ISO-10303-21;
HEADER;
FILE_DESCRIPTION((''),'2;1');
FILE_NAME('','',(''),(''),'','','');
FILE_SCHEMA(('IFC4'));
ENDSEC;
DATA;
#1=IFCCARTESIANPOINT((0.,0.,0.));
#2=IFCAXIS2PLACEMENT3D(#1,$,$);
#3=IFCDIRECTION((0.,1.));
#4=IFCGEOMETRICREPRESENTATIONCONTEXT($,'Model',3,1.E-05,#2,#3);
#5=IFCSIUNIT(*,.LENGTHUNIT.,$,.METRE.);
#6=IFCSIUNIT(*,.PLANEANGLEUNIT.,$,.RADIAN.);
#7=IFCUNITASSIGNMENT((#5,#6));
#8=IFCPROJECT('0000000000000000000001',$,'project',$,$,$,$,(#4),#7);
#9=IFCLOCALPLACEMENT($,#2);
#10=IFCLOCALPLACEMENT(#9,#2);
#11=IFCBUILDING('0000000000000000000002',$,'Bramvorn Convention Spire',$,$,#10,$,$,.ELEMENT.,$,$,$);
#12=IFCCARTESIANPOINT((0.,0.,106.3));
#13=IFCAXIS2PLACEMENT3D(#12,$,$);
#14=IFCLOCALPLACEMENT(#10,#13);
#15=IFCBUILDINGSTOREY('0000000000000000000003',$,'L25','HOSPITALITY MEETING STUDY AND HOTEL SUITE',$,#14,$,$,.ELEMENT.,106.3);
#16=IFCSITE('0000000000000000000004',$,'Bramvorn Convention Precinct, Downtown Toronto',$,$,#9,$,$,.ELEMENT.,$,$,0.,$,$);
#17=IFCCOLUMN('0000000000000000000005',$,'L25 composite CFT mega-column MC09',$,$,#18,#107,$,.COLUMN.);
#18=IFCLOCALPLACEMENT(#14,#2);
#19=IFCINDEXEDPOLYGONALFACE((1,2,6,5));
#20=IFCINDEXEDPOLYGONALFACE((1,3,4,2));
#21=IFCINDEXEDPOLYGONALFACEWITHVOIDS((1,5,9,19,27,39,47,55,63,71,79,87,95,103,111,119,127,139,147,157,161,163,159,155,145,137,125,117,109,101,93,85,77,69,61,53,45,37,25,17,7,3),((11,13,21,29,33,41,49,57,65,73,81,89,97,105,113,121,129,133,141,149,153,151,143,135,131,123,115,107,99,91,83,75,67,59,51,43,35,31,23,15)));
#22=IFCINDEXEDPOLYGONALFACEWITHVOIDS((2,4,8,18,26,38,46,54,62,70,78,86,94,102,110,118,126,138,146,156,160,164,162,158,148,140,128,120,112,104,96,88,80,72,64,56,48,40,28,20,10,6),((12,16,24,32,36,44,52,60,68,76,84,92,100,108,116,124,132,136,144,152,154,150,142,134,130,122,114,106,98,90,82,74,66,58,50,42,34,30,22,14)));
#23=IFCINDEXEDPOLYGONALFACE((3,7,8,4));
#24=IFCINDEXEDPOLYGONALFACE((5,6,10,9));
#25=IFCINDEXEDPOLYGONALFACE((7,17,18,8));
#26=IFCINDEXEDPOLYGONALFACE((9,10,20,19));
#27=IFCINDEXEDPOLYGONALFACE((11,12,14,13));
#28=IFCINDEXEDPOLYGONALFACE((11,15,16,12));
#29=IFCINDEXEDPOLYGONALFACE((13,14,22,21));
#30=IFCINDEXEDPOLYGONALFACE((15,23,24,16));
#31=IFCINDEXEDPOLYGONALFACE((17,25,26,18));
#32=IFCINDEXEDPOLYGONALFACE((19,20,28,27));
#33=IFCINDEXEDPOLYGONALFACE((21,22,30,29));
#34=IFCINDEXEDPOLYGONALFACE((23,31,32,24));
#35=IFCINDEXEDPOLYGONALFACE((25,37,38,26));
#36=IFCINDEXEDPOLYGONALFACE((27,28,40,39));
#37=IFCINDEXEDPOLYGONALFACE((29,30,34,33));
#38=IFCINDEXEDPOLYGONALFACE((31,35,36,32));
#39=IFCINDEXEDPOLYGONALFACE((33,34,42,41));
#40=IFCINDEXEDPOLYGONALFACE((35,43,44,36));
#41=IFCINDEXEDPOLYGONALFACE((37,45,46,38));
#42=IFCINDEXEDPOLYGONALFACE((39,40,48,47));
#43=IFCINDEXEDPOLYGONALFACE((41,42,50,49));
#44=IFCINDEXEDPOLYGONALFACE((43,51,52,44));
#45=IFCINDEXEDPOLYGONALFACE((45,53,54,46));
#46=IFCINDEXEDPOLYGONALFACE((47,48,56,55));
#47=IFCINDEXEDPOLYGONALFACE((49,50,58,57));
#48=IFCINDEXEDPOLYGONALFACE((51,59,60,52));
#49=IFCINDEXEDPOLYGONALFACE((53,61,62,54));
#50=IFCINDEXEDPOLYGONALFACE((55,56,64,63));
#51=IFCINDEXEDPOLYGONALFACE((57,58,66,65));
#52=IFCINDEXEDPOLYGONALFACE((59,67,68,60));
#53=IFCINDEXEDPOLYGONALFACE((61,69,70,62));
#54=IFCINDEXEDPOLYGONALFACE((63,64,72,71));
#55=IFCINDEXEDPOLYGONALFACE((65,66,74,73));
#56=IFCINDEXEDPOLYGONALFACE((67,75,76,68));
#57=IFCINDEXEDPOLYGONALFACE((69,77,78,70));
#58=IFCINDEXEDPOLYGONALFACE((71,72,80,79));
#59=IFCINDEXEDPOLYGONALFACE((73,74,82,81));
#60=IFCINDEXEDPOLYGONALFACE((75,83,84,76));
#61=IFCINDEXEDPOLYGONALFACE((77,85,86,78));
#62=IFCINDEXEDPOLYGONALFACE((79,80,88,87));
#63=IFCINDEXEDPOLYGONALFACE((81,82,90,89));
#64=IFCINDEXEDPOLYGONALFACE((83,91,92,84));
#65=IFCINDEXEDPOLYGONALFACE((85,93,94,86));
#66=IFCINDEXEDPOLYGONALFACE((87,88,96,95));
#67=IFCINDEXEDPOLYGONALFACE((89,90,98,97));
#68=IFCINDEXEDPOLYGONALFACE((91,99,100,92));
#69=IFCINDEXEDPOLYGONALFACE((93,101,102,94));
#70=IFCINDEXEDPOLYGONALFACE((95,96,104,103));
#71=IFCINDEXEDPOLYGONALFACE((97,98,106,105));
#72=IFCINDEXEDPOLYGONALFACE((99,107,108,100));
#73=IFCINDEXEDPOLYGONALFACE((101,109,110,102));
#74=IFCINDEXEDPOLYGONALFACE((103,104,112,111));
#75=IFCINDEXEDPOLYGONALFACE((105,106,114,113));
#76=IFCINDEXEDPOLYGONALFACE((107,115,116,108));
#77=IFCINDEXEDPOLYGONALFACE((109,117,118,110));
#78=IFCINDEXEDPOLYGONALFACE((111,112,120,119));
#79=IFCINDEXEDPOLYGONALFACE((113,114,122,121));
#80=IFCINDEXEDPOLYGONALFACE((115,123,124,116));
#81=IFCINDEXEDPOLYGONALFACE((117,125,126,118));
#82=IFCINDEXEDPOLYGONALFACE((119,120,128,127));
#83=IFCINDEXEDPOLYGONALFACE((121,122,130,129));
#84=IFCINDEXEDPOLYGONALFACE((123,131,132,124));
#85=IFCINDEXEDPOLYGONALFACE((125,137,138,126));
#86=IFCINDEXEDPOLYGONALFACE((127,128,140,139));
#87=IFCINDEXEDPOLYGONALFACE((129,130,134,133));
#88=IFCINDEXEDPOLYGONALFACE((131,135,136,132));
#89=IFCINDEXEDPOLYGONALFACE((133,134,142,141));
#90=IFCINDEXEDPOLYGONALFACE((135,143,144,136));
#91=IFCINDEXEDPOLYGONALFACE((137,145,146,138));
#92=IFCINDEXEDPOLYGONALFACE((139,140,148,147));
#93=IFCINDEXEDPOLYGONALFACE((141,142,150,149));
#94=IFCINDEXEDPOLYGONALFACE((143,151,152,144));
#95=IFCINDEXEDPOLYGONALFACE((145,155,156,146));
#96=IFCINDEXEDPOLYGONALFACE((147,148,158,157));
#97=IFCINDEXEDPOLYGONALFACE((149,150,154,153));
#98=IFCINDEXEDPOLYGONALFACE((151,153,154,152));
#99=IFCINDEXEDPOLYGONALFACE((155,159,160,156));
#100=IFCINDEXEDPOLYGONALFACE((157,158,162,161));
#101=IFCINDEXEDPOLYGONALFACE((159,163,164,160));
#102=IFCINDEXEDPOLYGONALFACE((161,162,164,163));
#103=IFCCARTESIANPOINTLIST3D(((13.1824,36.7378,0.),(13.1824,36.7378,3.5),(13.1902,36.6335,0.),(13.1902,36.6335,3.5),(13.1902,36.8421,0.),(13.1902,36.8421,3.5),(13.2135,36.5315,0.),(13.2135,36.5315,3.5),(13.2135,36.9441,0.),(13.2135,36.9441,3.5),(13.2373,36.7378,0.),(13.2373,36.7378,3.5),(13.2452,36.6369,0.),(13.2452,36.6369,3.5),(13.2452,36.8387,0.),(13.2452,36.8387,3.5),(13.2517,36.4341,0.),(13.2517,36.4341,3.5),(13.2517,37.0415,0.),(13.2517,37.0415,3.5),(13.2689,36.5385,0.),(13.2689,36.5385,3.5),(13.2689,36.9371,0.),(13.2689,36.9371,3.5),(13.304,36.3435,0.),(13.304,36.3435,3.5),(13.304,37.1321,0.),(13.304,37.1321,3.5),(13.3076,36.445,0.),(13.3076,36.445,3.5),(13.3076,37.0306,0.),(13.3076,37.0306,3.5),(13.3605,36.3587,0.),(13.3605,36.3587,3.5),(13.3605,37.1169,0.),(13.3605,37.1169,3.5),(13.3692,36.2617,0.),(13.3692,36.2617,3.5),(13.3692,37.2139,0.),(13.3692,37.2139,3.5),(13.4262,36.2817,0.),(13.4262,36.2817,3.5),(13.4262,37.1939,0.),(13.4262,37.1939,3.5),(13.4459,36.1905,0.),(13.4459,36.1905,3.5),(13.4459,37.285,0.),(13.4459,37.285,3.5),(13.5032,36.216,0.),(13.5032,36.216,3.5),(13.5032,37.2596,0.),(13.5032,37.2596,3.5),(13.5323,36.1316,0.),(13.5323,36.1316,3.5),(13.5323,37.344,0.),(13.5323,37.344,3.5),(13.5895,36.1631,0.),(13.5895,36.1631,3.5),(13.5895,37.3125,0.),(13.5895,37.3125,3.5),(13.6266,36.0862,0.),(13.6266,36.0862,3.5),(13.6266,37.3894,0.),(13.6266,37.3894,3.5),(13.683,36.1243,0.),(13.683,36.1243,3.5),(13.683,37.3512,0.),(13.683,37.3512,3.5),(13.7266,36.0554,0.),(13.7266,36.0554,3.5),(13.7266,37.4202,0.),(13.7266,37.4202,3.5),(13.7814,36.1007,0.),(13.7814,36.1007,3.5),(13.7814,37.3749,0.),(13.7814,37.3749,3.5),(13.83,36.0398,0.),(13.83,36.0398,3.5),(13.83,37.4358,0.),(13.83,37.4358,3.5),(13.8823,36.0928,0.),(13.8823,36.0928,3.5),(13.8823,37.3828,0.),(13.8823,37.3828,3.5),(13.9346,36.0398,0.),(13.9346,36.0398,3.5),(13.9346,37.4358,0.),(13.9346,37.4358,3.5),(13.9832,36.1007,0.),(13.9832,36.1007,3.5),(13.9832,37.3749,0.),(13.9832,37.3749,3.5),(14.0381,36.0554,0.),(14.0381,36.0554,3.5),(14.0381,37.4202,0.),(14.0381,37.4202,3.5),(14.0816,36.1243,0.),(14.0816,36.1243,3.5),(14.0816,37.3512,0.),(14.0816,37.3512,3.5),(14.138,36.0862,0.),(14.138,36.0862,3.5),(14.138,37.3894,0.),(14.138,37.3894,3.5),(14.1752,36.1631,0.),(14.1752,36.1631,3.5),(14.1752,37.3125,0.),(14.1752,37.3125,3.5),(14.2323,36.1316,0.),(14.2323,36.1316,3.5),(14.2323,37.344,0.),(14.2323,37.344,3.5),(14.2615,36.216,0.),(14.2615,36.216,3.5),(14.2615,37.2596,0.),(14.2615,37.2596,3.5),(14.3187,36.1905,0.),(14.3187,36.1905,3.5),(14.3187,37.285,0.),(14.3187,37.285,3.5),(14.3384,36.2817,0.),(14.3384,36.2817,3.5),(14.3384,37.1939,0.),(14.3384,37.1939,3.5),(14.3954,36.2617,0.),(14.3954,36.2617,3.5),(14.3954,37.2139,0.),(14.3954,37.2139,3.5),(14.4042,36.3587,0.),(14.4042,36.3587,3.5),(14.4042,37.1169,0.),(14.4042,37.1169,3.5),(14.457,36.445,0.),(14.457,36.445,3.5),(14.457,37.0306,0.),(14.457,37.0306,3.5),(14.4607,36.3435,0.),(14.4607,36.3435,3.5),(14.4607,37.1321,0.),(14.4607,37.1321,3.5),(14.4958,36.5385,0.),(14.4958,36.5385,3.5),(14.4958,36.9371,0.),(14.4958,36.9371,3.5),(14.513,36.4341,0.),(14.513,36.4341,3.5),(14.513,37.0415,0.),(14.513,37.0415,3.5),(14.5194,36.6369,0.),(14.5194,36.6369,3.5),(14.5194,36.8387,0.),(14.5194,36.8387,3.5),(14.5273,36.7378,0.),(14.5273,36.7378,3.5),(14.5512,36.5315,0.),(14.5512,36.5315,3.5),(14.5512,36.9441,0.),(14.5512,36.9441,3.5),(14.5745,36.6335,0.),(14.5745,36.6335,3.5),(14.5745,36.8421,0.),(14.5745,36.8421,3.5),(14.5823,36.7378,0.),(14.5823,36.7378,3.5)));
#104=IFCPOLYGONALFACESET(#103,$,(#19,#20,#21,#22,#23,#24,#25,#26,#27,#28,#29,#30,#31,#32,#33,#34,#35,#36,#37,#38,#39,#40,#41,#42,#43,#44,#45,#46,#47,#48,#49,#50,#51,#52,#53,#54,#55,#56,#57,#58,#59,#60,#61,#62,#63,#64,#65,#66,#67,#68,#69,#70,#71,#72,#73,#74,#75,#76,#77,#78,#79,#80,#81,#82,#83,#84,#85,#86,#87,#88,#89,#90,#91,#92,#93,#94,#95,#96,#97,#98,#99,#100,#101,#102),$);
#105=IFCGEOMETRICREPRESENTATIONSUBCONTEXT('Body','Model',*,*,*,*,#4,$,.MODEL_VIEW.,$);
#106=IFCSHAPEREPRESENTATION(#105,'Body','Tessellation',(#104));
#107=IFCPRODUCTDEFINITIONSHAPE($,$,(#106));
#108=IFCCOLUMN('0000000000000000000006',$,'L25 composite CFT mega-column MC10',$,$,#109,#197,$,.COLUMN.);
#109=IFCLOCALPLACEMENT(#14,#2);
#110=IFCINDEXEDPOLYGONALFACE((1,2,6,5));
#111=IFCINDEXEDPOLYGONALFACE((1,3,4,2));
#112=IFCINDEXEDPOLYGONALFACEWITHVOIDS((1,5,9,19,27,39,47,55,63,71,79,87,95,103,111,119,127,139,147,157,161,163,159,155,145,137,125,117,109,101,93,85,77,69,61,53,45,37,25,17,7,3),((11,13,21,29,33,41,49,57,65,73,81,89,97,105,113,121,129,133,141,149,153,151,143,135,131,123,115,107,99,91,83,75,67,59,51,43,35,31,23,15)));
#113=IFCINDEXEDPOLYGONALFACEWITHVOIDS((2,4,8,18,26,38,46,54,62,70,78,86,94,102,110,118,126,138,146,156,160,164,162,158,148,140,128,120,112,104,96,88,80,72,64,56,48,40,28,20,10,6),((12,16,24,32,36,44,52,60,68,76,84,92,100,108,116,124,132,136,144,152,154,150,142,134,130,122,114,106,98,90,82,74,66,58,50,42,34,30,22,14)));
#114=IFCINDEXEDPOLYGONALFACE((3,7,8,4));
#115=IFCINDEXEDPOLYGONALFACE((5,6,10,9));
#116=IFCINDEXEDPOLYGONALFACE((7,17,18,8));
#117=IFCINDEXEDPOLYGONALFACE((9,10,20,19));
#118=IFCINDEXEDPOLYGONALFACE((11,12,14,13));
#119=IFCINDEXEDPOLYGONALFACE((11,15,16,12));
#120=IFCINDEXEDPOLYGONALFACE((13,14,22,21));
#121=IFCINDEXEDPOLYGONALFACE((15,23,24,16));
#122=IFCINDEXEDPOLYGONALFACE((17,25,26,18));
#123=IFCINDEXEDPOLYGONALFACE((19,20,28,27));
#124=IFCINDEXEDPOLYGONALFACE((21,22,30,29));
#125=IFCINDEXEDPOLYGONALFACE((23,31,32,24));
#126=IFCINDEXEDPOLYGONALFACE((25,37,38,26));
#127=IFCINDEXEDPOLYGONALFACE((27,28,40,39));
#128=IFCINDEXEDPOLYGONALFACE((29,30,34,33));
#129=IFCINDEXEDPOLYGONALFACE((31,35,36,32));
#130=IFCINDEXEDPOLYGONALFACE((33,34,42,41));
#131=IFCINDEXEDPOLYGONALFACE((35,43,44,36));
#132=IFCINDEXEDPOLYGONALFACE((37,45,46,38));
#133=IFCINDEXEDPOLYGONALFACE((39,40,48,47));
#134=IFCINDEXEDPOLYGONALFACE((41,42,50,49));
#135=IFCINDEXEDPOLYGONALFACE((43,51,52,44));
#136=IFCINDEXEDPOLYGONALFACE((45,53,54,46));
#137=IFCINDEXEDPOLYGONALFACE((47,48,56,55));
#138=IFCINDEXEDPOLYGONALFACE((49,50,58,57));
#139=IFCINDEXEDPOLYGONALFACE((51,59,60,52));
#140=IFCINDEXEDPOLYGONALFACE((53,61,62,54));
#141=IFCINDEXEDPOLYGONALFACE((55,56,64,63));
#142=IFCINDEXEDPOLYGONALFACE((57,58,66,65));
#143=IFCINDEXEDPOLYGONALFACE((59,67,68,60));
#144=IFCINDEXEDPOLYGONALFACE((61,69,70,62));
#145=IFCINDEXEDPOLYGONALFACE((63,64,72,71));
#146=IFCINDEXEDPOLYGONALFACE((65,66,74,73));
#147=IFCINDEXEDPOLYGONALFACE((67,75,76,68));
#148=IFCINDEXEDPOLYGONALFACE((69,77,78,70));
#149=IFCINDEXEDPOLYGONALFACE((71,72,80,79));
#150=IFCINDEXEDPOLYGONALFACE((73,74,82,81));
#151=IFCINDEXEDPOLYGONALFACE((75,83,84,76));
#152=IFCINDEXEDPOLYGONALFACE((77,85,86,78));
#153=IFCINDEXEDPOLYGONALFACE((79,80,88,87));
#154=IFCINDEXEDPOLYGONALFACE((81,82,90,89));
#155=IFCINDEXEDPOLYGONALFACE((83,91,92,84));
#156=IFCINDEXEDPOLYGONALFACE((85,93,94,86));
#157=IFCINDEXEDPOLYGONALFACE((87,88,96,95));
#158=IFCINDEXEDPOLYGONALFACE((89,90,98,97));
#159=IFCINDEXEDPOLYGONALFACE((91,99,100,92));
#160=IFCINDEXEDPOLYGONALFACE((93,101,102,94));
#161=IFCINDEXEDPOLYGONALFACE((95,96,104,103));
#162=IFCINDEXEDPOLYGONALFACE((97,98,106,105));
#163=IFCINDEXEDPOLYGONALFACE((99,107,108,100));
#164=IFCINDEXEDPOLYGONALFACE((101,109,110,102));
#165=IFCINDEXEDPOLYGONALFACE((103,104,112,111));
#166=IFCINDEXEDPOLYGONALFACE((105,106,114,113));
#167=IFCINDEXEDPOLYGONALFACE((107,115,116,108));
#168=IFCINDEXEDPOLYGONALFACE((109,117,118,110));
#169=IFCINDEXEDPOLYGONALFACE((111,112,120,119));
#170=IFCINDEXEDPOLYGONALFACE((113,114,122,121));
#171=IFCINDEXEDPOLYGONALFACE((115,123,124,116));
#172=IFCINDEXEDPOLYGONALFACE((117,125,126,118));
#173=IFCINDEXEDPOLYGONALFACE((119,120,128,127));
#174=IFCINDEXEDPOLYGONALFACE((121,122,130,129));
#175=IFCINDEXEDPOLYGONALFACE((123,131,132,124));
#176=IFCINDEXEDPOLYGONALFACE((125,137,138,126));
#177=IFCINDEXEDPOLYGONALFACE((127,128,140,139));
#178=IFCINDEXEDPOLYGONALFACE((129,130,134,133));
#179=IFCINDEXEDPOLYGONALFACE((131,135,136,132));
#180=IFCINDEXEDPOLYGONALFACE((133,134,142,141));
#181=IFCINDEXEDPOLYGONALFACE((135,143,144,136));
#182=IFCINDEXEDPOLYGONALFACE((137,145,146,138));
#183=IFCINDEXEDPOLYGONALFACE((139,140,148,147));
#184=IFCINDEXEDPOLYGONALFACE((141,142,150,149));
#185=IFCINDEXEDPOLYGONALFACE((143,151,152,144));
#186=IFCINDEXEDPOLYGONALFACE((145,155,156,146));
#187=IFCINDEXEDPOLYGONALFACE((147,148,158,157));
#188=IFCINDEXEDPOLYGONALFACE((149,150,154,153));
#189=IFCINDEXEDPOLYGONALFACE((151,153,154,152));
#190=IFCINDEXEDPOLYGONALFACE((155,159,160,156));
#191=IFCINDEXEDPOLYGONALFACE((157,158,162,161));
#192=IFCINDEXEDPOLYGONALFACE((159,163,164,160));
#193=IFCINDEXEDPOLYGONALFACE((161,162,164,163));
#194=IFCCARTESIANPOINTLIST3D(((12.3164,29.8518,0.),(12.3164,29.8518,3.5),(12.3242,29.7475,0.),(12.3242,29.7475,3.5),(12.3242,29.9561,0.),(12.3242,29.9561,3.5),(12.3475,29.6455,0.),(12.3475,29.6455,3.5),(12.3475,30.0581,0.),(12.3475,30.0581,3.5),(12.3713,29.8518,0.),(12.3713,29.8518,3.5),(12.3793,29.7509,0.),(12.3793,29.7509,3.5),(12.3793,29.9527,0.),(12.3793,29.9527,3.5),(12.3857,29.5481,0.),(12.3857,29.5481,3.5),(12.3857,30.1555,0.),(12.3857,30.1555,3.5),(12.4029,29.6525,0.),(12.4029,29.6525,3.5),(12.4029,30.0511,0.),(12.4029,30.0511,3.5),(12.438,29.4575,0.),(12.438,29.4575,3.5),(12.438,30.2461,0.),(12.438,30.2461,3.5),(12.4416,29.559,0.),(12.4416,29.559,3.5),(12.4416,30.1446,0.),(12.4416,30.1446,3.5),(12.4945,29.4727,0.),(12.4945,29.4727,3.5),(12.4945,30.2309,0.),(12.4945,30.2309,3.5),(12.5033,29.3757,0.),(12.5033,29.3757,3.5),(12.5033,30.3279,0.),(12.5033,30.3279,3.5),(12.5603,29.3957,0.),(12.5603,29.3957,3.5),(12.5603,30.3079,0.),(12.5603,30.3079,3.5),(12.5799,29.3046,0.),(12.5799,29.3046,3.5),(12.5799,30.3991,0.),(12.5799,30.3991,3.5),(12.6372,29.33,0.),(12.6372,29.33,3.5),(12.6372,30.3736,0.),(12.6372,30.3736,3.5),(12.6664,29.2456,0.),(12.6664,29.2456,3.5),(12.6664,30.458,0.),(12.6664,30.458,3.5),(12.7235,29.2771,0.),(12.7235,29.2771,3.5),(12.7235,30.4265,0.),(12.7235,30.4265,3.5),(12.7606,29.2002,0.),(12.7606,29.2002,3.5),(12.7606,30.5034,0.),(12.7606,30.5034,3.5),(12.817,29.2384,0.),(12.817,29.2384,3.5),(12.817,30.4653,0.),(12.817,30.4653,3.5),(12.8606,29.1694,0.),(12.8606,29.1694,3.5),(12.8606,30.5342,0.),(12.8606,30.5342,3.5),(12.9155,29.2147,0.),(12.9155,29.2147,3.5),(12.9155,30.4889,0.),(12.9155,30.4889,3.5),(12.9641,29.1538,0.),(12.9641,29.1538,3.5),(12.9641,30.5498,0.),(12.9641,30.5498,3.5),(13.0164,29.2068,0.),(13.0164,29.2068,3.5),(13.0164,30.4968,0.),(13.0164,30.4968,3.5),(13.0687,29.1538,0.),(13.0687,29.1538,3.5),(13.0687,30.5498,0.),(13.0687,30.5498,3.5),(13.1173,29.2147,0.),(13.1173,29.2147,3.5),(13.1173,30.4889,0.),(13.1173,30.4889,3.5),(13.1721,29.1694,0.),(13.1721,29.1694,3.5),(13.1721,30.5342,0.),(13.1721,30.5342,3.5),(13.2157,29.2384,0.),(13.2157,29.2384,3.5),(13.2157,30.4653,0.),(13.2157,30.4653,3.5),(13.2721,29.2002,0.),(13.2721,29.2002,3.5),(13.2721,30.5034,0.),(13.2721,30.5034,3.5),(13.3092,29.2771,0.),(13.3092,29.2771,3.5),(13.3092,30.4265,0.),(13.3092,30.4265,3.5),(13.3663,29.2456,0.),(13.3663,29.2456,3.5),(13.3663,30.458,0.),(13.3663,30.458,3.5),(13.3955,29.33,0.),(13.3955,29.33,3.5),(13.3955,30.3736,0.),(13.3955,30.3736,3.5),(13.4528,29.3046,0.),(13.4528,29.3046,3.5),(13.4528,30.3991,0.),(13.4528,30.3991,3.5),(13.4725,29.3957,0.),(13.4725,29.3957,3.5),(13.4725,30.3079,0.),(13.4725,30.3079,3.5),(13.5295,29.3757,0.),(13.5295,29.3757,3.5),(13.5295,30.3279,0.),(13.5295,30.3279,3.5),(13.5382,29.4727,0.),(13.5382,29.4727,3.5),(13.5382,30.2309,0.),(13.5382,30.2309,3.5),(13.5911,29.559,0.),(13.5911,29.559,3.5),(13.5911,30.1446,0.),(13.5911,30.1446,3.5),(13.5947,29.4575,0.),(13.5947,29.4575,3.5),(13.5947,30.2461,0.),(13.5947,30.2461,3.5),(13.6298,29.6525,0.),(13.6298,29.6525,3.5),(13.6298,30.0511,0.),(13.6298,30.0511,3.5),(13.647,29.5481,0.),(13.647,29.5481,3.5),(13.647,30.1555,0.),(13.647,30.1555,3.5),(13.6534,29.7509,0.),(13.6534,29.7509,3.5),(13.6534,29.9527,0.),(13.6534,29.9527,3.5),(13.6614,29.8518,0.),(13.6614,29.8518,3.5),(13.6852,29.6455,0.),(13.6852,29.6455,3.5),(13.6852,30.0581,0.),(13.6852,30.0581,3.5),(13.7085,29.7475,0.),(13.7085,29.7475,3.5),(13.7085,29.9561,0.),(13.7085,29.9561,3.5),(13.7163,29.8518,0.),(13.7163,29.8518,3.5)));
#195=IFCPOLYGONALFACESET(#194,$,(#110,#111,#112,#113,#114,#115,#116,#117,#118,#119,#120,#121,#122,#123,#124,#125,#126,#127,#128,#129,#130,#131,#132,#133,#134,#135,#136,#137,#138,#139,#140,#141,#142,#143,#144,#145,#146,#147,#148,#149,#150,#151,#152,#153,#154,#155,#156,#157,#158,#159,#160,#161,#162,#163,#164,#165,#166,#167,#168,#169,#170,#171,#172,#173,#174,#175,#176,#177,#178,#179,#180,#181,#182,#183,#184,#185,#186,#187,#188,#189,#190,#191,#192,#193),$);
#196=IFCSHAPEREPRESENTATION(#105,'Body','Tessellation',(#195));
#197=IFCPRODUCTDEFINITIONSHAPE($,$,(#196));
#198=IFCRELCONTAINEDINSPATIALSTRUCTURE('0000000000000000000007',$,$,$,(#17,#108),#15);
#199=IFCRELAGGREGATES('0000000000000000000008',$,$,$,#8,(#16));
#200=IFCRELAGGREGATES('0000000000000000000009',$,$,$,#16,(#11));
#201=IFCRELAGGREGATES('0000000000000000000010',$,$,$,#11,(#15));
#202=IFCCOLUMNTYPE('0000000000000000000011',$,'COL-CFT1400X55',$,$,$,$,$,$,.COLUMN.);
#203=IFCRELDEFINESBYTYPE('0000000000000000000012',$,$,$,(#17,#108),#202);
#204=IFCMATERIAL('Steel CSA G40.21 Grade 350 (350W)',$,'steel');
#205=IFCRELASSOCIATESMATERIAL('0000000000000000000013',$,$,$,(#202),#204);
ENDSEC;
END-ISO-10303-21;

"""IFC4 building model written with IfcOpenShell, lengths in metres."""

from ifc_helpers import new_model, si_unit, direction, frame, origin, origin_2d, place, context, subcontext, project, spatial, hollow_circle, extrude, material, material_profile, profile_set, type_object, element, save


model = new_model("IFC4")

# Units and contexts
model_context = context("Model", 3, precision=1e-05, world=origin(), true_north=direction((0.0, 1.0)))
body_context = subcontext(model_context, "Body", "Model", "MODEL_VIEW")
ifc_project = project(units=[si_unit("LENGTHUNIT", "METRE"), si_unit("PLANEANGLEUNIT", "RADIAN")], contexts=[model_context])

# Site, building, storey
site_placement = place(None, origin())
site = spatial("IfcSite", under=ifc_project, at=site_placement, Name="Bramvorn Convention Precinct, Downtown Toronto", CompositionType="ELEMENT", RefElevation=0.0)
building_placement = place(site_placement, origin())
building = spatial("IfcBuilding", under=site, at=building_placement, Name="Bramvorn Convention Spire", CompositionType="ELEMENT")
storey_placement = place(building_placement, frame((0.0, 0.0, 106.3)))
storey = spatial("IfcBuildingStorey", under=building, at=storey_placement, Name="L25", Description="HOSPITALITY MEETING STUDY AND HOTEL SUITE", CompositionType="ELEMENT", Elevation=106.3)

# Columns
ifc_material_1 = material(Name="Steel CSA G40.21 Grade 350 (350W)", Category="steel")
ifc_material_profile_1 = material_profile(ifc_material_1, hollow_circle(Radius=0.7, WallThickness=0.0549, at=origin_2d()))
ifc_profile_set_1 = profile_set([ifc_material_profile_1], Name="Steel CSA G40.21 Grade 350 (350W) - CFT1400X55")
column_type = type_object("IfcColumnType", Name="COL-CFT1400X55", PredefinedType="COLUMN", material=ifc_profile_set_1)
for number, where, z_axis, x_axis, name in (
    (1, (13.8823, 36.7378, 0.0), (0.0, 0.0, 1.0), (1.0, 0.0, 0.0), "L25 composite CFT mega-column MC09"),
    (2, (13.0164, 29.8518, 0.0), (0.0, 0.0, 1.0), (1.0, 0.0, 0.0), "L25 composite CFT mega-column MC10"),
):
    element("IfcColumn", number, at=place(storey_placement, frame(where, z_axis=z_axis, x_axis=x_axis)), inside=storey, type_object=column_type, Name=name, PredefinedType="COLUMN", context=body_context, shape_type="SweptSolid", body=[
        extrude(hollow_circle(Radius=0.7, WallThickness=0.0549, at=origin_2d()), origin(), (0.0, 0.0, 1.0), 3.5),
    ])

save(model, "model.ifc")
